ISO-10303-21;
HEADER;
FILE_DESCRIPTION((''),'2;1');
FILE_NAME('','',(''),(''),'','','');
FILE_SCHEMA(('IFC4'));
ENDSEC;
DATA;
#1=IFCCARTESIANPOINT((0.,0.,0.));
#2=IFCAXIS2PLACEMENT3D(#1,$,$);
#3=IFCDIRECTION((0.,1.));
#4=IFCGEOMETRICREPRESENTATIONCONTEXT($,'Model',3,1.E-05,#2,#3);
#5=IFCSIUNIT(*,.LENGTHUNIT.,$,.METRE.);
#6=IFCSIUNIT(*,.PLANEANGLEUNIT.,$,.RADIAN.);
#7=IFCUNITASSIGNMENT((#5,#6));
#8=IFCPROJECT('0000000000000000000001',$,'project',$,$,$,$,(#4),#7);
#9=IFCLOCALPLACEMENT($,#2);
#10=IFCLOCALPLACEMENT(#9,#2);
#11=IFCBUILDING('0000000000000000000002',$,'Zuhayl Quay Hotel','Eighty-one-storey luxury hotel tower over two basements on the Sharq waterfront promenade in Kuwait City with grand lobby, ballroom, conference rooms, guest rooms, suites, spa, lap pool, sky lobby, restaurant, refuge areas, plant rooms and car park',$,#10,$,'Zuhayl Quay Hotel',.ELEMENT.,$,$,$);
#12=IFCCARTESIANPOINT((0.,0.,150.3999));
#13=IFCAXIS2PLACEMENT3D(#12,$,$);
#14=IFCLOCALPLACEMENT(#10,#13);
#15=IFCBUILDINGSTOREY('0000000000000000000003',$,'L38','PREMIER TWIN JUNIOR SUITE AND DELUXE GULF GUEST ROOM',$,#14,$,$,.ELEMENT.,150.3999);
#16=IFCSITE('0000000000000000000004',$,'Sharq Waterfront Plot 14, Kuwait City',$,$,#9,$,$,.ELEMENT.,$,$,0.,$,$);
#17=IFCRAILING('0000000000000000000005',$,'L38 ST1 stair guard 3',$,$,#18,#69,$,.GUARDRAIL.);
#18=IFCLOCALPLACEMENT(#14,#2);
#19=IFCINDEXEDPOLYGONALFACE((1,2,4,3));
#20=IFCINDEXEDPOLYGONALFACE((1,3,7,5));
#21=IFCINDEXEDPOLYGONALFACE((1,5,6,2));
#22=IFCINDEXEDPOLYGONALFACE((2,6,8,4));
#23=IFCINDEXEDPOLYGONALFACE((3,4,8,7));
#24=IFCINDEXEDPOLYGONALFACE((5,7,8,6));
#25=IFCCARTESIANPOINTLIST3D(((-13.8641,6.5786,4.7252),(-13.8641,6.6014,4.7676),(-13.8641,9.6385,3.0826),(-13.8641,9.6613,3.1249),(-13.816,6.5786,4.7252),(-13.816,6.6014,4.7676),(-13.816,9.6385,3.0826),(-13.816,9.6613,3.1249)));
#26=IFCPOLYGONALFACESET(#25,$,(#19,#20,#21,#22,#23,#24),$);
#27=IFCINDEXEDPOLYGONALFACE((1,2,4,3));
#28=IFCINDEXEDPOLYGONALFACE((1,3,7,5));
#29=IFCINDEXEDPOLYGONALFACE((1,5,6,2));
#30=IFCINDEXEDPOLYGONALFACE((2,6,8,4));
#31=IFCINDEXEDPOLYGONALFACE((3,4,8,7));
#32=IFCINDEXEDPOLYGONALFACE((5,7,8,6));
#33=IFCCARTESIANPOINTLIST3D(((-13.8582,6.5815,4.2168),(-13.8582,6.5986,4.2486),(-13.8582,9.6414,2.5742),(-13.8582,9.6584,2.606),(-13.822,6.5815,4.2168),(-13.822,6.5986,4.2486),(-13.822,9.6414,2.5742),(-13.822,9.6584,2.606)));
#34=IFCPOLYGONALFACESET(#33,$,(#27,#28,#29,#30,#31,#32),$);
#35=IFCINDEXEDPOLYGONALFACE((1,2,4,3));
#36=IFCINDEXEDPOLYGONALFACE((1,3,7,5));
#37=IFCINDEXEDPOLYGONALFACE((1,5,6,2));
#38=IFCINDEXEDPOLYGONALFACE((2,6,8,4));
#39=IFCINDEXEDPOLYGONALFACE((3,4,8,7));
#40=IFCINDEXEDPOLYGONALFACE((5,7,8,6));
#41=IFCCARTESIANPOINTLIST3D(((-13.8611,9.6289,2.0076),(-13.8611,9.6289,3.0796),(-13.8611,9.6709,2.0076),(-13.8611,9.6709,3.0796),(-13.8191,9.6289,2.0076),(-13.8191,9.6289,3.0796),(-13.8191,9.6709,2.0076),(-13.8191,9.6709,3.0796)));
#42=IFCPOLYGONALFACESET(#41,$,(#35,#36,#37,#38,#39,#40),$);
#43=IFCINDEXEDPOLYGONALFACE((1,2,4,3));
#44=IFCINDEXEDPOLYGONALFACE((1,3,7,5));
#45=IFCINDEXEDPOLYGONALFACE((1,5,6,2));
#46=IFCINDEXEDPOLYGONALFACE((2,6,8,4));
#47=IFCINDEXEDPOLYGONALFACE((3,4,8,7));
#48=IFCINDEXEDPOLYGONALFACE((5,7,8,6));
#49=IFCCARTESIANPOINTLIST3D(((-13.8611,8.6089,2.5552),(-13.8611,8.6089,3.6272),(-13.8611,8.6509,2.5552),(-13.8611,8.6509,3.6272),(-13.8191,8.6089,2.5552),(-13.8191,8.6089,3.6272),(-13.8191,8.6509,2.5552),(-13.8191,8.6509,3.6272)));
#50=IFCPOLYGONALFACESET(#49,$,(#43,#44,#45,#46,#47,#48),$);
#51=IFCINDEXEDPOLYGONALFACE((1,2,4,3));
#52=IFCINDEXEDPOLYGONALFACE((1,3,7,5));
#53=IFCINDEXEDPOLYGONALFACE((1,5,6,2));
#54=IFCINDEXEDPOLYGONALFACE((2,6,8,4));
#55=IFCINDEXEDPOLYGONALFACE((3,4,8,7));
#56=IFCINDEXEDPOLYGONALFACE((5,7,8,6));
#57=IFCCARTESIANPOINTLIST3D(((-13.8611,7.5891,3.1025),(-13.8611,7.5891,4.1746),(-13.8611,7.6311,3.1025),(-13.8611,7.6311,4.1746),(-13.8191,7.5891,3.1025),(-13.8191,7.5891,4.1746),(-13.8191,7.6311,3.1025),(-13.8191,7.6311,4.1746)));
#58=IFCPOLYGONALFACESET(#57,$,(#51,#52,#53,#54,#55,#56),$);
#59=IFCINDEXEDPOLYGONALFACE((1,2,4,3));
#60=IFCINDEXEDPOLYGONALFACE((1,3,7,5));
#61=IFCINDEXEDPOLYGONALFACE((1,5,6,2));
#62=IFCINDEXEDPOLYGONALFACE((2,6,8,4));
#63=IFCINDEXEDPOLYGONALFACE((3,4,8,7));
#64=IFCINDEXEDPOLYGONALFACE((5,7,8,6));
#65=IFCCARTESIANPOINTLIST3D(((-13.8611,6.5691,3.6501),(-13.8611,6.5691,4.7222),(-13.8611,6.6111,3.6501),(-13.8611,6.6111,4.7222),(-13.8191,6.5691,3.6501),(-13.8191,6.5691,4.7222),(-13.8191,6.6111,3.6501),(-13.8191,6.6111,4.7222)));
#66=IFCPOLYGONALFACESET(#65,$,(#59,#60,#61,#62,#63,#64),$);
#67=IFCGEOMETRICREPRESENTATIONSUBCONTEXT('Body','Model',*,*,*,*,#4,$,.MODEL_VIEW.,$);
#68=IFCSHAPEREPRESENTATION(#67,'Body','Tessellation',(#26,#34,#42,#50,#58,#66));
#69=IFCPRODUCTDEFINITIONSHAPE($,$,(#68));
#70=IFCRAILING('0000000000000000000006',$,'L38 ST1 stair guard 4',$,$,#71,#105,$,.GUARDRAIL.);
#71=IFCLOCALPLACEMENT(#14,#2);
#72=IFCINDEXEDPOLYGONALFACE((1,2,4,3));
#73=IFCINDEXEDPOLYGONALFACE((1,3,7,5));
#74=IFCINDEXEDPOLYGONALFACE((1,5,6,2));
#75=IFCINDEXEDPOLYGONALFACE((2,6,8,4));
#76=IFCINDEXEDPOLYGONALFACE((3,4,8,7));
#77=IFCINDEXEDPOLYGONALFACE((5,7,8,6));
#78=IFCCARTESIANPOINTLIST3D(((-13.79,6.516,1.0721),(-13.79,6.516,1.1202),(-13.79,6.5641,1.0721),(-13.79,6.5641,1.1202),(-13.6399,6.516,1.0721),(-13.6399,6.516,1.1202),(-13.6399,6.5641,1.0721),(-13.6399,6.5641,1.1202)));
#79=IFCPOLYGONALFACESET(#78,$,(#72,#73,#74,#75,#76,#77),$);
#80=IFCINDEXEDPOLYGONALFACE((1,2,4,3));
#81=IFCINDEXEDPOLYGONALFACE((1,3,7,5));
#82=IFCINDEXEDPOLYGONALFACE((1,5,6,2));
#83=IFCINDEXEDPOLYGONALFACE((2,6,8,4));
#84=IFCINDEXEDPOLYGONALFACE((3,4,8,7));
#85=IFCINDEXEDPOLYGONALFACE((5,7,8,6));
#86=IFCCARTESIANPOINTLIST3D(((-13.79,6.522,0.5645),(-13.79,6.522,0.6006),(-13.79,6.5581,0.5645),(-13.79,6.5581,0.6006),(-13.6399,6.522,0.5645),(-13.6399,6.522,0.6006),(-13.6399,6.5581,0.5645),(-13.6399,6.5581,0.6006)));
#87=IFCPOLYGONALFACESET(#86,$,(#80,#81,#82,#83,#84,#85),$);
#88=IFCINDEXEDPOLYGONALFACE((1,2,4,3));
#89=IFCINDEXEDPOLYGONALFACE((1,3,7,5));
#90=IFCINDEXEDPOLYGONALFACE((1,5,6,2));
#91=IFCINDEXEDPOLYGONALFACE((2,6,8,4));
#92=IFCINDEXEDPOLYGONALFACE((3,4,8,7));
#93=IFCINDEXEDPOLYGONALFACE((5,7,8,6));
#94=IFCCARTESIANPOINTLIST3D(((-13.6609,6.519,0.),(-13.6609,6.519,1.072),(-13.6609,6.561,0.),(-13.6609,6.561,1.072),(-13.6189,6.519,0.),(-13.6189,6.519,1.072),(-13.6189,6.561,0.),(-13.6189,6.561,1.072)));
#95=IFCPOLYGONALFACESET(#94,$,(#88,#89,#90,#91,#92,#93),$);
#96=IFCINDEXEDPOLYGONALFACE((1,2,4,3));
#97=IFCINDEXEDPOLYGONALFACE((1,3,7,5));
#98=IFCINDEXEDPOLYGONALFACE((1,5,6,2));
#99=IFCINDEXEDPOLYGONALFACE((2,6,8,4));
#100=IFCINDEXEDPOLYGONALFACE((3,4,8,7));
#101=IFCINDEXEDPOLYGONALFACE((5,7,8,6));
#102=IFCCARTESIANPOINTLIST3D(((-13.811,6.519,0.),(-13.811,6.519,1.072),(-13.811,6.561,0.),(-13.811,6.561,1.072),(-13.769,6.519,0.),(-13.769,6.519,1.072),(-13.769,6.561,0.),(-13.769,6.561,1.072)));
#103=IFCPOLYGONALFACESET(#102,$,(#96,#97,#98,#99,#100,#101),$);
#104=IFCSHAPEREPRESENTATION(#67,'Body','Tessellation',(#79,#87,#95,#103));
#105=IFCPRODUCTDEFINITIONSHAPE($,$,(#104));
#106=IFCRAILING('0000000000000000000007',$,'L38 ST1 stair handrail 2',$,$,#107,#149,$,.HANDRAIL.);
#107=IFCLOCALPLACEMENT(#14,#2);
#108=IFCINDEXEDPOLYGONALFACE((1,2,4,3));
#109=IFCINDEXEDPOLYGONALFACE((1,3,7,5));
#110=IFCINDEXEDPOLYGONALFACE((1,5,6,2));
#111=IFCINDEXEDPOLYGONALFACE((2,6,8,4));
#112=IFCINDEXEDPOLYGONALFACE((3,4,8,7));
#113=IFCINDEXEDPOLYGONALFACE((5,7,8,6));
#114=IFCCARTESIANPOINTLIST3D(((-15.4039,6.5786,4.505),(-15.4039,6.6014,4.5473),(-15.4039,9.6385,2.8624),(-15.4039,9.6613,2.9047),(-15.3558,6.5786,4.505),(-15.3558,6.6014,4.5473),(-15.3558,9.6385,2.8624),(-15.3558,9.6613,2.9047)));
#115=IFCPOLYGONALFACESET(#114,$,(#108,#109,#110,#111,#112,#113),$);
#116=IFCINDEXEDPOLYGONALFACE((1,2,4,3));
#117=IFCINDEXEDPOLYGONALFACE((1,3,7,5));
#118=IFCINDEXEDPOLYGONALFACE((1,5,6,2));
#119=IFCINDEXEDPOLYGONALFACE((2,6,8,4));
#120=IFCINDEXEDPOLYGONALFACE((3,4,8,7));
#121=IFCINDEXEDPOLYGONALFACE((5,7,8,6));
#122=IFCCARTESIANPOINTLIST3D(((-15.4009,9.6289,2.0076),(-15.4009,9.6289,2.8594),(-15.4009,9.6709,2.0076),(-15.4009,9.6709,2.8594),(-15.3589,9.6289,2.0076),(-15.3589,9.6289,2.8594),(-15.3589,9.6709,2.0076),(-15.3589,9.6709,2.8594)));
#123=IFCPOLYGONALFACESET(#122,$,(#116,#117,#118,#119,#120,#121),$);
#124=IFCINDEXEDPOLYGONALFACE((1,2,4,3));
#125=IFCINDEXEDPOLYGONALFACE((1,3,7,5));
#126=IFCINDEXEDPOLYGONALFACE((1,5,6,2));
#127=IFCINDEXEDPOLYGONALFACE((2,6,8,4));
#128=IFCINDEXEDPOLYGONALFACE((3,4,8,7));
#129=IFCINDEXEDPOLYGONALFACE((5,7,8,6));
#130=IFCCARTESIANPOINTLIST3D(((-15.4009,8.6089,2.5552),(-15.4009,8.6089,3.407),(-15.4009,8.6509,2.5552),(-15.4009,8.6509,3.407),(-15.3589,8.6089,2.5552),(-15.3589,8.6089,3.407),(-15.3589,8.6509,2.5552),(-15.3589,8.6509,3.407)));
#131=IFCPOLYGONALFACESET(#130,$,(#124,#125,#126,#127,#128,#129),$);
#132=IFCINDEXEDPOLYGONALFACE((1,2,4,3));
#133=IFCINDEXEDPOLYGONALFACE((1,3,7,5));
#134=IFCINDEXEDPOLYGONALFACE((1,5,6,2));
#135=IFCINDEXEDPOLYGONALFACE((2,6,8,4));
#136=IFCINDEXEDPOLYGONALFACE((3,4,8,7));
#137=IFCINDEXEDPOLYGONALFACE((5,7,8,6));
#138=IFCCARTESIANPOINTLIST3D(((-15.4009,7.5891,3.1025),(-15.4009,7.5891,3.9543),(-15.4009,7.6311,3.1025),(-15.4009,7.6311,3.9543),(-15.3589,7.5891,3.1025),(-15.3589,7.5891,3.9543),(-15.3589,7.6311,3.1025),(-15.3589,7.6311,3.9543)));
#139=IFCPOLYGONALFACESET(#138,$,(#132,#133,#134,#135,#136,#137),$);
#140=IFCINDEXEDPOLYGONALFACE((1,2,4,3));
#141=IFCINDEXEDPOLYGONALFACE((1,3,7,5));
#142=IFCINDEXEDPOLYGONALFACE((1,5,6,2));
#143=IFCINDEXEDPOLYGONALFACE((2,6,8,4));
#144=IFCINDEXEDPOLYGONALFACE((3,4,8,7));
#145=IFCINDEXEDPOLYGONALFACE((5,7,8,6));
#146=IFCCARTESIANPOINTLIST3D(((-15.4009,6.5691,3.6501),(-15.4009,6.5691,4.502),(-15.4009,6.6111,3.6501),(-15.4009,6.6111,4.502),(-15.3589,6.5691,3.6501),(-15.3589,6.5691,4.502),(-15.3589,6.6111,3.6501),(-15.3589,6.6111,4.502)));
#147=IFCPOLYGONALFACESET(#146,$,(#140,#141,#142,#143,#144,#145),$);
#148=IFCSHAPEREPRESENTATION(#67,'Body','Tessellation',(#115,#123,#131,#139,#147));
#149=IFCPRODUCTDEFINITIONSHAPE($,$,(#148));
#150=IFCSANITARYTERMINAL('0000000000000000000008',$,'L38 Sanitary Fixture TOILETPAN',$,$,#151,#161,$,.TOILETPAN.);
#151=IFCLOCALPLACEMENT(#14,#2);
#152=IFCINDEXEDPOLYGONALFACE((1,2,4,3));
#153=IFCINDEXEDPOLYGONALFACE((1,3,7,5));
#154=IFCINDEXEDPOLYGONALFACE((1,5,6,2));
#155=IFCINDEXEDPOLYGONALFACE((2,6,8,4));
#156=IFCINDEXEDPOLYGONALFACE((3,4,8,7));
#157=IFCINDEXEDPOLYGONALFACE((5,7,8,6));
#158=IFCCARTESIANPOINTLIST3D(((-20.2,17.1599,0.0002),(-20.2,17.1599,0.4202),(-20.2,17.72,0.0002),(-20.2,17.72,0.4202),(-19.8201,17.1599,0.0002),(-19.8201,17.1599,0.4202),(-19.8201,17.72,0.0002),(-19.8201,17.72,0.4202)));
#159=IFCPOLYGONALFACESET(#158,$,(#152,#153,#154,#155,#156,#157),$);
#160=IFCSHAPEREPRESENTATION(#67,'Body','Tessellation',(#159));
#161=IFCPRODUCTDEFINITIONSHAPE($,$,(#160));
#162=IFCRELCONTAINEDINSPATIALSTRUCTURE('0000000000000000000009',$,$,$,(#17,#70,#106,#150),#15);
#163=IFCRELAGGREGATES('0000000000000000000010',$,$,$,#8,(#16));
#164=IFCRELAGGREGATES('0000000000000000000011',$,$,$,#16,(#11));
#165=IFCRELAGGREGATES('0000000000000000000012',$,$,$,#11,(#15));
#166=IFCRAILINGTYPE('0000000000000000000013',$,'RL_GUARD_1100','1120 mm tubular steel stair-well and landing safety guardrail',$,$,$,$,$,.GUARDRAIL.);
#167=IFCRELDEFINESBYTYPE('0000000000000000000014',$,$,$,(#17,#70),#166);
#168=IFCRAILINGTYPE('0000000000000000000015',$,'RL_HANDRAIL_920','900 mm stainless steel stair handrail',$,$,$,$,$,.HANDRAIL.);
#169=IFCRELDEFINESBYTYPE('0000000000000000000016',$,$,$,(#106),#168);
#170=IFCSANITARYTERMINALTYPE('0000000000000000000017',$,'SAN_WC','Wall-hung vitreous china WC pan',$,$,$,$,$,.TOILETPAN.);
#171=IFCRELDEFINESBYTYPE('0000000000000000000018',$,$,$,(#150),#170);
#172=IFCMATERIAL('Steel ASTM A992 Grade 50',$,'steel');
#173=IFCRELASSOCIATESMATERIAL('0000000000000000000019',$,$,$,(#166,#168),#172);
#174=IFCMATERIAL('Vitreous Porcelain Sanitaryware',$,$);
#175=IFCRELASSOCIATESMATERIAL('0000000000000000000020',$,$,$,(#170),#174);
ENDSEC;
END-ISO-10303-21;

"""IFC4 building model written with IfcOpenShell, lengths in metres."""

from ifc_helpers import new_model, si_unit, direction, frame, origin, origin_2d, place, context, subcontext, project, spatial, rectangle, extrude, material, type_object, element, save


model = new_model("IFC4")

# Units and contexts
model_context = context("Model", 3, precision=1e-05, world=origin(), true_north=direction((0.0, 1.0)))
body_context = subcontext(model_context, "Body", "Model", "MODEL_VIEW")
ifc_project = project(units=[si_unit("LENGTHUNIT", "METRE"), si_unit("PLANEANGLEUNIT", "RADIAN")], contexts=[model_context])

# Site, building, storey
site_placement = place(None, origin())
site = spatial("IfcSite", under=ifc_project, at=site_placement, Name="Sharq Waterfront Plot 14, Kuwait City", CompositionType="ELEMENT", RefElevation=0.0)
building_placement = place(site_placement, origin())
building = spatial("IfcBuilding", under=site, at=building_placement, Name="Zuhayl Quay Hotel", Description="Eighty-one-storey luxury hotel tower over two basements on the Sharq waterfront promenade in Kuwait City with grand lobby, ballroom, conference rooms, guest rooms, suites, spa, lap pool, sky lobby, restaurant, refuge areas, plant rooms and car park", LongName="Zuhayl Quay Hotel", CompositionType="ELEMENT")
storey_placement = place(building_placement, frame((0.0, 0.0, 150.3999)))
storey = spatial("IfcBuildingStorey", under=building, at=storey_placement, Name="L38", Description="PREMIER TWIN JUNIOR SUITE AND DELUXE GULF GUEST ROOM", CompositionType="ELEMENT", Elevation=150.3999)

# Shared definitions
ifc_material_1 = material(Name="Steel ASTM A992 Grade 50", Category="steel")

# Railings
railing_type_1 = type_object("IfcRailingType", Name="RL_GUARD_1100", Description="1120 mm tubular steel stair-well and landing safety guardrail", PredefinedType="GUARDRAIL", material=ifc_material_1)
railing_1_placement = place(storey_placement, frame((-13.8401, 9.6499, 2.0076)))
element("IfcRailing", 1, at=railing_1_placement, inside=storey, type_object=railing_type_1, Name="L38 ST1 stair guard 3", PredefinedType="GUARDRAIL", context=body_context, shape_type="SweptSolid", body=[
    extrude(rectangle(XDim=0.0481, YDim=0.0481, at=origin_2d()), frame((0.0, 0.0, 1.0962), z_axis=(0.0, -0.881073, 0.47298), x_axis=(1.0, 0.0, 0.0)), (0.0, 0.0, 1.0), 3.4729),
    extrude(rectangle(XDim=0.0361, YDim=0.0361, at=origin_2d()), frame((0.0, 0.0, 0.5825), z_axis=(0.0, -0.881073, 0.47298), x_axis=(1.0, 0.0, 0.0)), (0.0, 0.0, 1.0), 3.4729),
    extrude(rectangle(XDim=0.042, YDim=0.042, at=origin_2d()), origin(), (0.0, 0.0, 1.0), 1.072),
    extrude(rectangle(XDim=0.042, YDim=0.042, at=origin_2d()), frame((0.0, -1.02, 0.5476)), (0.0, 0.0, 1.0), 1.072),
    extrude(rectangle(XDim=0.042, YDim=0.042, at=origin_2d()), frame((0.0, -2.0398, 1.095)), (0.0, 0.0, 1.0), 1.072),
    extrude(rectangle(XDim=0.042, YDim=0.042, at=origin_2d()), frame((0.0, -3.0598, 1.6426)), (0.0, 0.0, 1.0), 1.072),
])
railing_2_placement = place(storey_placement, frame((-13.6399, 6.54, 0.0)))
element("IfcRailing", 2, at=railing_2_placement, inside=storey, type_object=railing_type_1, Name="L38 ST1 stair guard 4", PredefinedType="GUARDRAIL", context=body_context, shape_type="SweptSolid", body=[
    extrude(rectangle(XDim=0.0481, YDim=0.0481, at=origin_2d()), frame((0.0, 0.0, 1.0962), z_axis=(-1.0, 0.0, 0.0), x_axis=(0.0, -1.0, 0.0)), (0.0, 0.0, 1.0), 0.1501),
    extrude(rectangle(XDim=0.0361, YDim=0.0361, at=origin_2d()), frame((0.0, 0.0, 0.5825), z_axis=(-1.0, 0.0, 0.0), x_axis=(0.0, -1.0, 0.0)), (0.0, 0.0, 1.0), 0.1501),
    extrude(rectangle(XDim=0.042, YDim=0.042, at=origin_2d()), origin(), (0.0, 0.0, 1.0), 1.072),
    extrude(rectangle(XDim=0.042, YDim=0.042, at=origin_2d()), frame((-0.1501, 0.0, 0.0)), (0.0, 0.0, 1.0), 1.072),
])
railing_type_2 = type_object("IfcRailingType", Name="RL_HANDRAIL_920", Description="900 mm stainless steel stair handrail", PredefinedType="HANDRAIL", material=ifc_material_1)
railing_3_placement = place(storey_placement, frame((-15.3799, 9.6499, 2.0076)))
element("IfcRailing", 3, at=railing_3_placement, inside=storey, type_object=railing_type_2, Name="L38 ST1 stair handrail 2", PredefinedType="HANDRAIL", context=body_context, shape_type="SweptSolid", body=[
    extrude(rectangle(XDim=0.0481, YDim=0.0481, at=origin_2d()), frame((0.0, 0.0, 0.876), z_axis=(0.0, -0.881073, 0.47298), x_axis=(1.0, 0.0, 0.0)), (0.0, 0.0, 1.0), 3.4729),
    extrude(rectangle(XDim=0.042, YDim=0.042, at=origin_2d()), origin(), (0.0, 0.0, 1.0), 0.8518),
    extrude(rectangle(XDim=0.042, YDim=0.042, at=origin_2d()), frame((0.0, -1.02, 0.5476)), (0.0, 0.0, 1.0), 0.8518),
    extrude(rectangle(XDim=0.042, YDim=0.042, at=origin_2d()), frame((0.0, -2.0398, 1.095)), (0.0, 0.0, 1.0), 0.8518),
    extrude(rectangle(XDim=0.042, YDim=0.042, at=origin_2d()), frame((0.0, -3.0598, 1.6426)), (0.0, 0.0, 1.0), 0.8518),
])

# Sanitary terminal
ifc_material_2 = material(Name="Vitreous Porcelain Sanitaryware")
sanitary_terminal_type = type_object("IfcSanitaryTerminalType", Name="SAN_WC", Description="Wall-hung vitreous china WC pan", PredefinedType="TOILETPAN", material=ifc_material_2)
sanitary_terminal_placement = place(storey_placement, frame((-20.01, 17.4399, 0.0002), z_axis=(0.0, 0.0, 1.0), x_axis=(1.0, 0.0, 0.0)))
element("IfcSanitaryTerminal", 4, at=sanitary_terminal_placement, inside=storey, type_object=sanitary_terminal_type, Name="L38 Sanitary Fixture TOILETPAN", PredefinedType="TOILETPAN", context=body_context, shape_type="SweptSolid", body=[
    extrude(rectangle(XDim=0.3799, YDim=0.5601, at=origin_2d()), origin(), (0.0, 0.0, 1.0), 0.4199),
])

save(model, "model.ifc")
